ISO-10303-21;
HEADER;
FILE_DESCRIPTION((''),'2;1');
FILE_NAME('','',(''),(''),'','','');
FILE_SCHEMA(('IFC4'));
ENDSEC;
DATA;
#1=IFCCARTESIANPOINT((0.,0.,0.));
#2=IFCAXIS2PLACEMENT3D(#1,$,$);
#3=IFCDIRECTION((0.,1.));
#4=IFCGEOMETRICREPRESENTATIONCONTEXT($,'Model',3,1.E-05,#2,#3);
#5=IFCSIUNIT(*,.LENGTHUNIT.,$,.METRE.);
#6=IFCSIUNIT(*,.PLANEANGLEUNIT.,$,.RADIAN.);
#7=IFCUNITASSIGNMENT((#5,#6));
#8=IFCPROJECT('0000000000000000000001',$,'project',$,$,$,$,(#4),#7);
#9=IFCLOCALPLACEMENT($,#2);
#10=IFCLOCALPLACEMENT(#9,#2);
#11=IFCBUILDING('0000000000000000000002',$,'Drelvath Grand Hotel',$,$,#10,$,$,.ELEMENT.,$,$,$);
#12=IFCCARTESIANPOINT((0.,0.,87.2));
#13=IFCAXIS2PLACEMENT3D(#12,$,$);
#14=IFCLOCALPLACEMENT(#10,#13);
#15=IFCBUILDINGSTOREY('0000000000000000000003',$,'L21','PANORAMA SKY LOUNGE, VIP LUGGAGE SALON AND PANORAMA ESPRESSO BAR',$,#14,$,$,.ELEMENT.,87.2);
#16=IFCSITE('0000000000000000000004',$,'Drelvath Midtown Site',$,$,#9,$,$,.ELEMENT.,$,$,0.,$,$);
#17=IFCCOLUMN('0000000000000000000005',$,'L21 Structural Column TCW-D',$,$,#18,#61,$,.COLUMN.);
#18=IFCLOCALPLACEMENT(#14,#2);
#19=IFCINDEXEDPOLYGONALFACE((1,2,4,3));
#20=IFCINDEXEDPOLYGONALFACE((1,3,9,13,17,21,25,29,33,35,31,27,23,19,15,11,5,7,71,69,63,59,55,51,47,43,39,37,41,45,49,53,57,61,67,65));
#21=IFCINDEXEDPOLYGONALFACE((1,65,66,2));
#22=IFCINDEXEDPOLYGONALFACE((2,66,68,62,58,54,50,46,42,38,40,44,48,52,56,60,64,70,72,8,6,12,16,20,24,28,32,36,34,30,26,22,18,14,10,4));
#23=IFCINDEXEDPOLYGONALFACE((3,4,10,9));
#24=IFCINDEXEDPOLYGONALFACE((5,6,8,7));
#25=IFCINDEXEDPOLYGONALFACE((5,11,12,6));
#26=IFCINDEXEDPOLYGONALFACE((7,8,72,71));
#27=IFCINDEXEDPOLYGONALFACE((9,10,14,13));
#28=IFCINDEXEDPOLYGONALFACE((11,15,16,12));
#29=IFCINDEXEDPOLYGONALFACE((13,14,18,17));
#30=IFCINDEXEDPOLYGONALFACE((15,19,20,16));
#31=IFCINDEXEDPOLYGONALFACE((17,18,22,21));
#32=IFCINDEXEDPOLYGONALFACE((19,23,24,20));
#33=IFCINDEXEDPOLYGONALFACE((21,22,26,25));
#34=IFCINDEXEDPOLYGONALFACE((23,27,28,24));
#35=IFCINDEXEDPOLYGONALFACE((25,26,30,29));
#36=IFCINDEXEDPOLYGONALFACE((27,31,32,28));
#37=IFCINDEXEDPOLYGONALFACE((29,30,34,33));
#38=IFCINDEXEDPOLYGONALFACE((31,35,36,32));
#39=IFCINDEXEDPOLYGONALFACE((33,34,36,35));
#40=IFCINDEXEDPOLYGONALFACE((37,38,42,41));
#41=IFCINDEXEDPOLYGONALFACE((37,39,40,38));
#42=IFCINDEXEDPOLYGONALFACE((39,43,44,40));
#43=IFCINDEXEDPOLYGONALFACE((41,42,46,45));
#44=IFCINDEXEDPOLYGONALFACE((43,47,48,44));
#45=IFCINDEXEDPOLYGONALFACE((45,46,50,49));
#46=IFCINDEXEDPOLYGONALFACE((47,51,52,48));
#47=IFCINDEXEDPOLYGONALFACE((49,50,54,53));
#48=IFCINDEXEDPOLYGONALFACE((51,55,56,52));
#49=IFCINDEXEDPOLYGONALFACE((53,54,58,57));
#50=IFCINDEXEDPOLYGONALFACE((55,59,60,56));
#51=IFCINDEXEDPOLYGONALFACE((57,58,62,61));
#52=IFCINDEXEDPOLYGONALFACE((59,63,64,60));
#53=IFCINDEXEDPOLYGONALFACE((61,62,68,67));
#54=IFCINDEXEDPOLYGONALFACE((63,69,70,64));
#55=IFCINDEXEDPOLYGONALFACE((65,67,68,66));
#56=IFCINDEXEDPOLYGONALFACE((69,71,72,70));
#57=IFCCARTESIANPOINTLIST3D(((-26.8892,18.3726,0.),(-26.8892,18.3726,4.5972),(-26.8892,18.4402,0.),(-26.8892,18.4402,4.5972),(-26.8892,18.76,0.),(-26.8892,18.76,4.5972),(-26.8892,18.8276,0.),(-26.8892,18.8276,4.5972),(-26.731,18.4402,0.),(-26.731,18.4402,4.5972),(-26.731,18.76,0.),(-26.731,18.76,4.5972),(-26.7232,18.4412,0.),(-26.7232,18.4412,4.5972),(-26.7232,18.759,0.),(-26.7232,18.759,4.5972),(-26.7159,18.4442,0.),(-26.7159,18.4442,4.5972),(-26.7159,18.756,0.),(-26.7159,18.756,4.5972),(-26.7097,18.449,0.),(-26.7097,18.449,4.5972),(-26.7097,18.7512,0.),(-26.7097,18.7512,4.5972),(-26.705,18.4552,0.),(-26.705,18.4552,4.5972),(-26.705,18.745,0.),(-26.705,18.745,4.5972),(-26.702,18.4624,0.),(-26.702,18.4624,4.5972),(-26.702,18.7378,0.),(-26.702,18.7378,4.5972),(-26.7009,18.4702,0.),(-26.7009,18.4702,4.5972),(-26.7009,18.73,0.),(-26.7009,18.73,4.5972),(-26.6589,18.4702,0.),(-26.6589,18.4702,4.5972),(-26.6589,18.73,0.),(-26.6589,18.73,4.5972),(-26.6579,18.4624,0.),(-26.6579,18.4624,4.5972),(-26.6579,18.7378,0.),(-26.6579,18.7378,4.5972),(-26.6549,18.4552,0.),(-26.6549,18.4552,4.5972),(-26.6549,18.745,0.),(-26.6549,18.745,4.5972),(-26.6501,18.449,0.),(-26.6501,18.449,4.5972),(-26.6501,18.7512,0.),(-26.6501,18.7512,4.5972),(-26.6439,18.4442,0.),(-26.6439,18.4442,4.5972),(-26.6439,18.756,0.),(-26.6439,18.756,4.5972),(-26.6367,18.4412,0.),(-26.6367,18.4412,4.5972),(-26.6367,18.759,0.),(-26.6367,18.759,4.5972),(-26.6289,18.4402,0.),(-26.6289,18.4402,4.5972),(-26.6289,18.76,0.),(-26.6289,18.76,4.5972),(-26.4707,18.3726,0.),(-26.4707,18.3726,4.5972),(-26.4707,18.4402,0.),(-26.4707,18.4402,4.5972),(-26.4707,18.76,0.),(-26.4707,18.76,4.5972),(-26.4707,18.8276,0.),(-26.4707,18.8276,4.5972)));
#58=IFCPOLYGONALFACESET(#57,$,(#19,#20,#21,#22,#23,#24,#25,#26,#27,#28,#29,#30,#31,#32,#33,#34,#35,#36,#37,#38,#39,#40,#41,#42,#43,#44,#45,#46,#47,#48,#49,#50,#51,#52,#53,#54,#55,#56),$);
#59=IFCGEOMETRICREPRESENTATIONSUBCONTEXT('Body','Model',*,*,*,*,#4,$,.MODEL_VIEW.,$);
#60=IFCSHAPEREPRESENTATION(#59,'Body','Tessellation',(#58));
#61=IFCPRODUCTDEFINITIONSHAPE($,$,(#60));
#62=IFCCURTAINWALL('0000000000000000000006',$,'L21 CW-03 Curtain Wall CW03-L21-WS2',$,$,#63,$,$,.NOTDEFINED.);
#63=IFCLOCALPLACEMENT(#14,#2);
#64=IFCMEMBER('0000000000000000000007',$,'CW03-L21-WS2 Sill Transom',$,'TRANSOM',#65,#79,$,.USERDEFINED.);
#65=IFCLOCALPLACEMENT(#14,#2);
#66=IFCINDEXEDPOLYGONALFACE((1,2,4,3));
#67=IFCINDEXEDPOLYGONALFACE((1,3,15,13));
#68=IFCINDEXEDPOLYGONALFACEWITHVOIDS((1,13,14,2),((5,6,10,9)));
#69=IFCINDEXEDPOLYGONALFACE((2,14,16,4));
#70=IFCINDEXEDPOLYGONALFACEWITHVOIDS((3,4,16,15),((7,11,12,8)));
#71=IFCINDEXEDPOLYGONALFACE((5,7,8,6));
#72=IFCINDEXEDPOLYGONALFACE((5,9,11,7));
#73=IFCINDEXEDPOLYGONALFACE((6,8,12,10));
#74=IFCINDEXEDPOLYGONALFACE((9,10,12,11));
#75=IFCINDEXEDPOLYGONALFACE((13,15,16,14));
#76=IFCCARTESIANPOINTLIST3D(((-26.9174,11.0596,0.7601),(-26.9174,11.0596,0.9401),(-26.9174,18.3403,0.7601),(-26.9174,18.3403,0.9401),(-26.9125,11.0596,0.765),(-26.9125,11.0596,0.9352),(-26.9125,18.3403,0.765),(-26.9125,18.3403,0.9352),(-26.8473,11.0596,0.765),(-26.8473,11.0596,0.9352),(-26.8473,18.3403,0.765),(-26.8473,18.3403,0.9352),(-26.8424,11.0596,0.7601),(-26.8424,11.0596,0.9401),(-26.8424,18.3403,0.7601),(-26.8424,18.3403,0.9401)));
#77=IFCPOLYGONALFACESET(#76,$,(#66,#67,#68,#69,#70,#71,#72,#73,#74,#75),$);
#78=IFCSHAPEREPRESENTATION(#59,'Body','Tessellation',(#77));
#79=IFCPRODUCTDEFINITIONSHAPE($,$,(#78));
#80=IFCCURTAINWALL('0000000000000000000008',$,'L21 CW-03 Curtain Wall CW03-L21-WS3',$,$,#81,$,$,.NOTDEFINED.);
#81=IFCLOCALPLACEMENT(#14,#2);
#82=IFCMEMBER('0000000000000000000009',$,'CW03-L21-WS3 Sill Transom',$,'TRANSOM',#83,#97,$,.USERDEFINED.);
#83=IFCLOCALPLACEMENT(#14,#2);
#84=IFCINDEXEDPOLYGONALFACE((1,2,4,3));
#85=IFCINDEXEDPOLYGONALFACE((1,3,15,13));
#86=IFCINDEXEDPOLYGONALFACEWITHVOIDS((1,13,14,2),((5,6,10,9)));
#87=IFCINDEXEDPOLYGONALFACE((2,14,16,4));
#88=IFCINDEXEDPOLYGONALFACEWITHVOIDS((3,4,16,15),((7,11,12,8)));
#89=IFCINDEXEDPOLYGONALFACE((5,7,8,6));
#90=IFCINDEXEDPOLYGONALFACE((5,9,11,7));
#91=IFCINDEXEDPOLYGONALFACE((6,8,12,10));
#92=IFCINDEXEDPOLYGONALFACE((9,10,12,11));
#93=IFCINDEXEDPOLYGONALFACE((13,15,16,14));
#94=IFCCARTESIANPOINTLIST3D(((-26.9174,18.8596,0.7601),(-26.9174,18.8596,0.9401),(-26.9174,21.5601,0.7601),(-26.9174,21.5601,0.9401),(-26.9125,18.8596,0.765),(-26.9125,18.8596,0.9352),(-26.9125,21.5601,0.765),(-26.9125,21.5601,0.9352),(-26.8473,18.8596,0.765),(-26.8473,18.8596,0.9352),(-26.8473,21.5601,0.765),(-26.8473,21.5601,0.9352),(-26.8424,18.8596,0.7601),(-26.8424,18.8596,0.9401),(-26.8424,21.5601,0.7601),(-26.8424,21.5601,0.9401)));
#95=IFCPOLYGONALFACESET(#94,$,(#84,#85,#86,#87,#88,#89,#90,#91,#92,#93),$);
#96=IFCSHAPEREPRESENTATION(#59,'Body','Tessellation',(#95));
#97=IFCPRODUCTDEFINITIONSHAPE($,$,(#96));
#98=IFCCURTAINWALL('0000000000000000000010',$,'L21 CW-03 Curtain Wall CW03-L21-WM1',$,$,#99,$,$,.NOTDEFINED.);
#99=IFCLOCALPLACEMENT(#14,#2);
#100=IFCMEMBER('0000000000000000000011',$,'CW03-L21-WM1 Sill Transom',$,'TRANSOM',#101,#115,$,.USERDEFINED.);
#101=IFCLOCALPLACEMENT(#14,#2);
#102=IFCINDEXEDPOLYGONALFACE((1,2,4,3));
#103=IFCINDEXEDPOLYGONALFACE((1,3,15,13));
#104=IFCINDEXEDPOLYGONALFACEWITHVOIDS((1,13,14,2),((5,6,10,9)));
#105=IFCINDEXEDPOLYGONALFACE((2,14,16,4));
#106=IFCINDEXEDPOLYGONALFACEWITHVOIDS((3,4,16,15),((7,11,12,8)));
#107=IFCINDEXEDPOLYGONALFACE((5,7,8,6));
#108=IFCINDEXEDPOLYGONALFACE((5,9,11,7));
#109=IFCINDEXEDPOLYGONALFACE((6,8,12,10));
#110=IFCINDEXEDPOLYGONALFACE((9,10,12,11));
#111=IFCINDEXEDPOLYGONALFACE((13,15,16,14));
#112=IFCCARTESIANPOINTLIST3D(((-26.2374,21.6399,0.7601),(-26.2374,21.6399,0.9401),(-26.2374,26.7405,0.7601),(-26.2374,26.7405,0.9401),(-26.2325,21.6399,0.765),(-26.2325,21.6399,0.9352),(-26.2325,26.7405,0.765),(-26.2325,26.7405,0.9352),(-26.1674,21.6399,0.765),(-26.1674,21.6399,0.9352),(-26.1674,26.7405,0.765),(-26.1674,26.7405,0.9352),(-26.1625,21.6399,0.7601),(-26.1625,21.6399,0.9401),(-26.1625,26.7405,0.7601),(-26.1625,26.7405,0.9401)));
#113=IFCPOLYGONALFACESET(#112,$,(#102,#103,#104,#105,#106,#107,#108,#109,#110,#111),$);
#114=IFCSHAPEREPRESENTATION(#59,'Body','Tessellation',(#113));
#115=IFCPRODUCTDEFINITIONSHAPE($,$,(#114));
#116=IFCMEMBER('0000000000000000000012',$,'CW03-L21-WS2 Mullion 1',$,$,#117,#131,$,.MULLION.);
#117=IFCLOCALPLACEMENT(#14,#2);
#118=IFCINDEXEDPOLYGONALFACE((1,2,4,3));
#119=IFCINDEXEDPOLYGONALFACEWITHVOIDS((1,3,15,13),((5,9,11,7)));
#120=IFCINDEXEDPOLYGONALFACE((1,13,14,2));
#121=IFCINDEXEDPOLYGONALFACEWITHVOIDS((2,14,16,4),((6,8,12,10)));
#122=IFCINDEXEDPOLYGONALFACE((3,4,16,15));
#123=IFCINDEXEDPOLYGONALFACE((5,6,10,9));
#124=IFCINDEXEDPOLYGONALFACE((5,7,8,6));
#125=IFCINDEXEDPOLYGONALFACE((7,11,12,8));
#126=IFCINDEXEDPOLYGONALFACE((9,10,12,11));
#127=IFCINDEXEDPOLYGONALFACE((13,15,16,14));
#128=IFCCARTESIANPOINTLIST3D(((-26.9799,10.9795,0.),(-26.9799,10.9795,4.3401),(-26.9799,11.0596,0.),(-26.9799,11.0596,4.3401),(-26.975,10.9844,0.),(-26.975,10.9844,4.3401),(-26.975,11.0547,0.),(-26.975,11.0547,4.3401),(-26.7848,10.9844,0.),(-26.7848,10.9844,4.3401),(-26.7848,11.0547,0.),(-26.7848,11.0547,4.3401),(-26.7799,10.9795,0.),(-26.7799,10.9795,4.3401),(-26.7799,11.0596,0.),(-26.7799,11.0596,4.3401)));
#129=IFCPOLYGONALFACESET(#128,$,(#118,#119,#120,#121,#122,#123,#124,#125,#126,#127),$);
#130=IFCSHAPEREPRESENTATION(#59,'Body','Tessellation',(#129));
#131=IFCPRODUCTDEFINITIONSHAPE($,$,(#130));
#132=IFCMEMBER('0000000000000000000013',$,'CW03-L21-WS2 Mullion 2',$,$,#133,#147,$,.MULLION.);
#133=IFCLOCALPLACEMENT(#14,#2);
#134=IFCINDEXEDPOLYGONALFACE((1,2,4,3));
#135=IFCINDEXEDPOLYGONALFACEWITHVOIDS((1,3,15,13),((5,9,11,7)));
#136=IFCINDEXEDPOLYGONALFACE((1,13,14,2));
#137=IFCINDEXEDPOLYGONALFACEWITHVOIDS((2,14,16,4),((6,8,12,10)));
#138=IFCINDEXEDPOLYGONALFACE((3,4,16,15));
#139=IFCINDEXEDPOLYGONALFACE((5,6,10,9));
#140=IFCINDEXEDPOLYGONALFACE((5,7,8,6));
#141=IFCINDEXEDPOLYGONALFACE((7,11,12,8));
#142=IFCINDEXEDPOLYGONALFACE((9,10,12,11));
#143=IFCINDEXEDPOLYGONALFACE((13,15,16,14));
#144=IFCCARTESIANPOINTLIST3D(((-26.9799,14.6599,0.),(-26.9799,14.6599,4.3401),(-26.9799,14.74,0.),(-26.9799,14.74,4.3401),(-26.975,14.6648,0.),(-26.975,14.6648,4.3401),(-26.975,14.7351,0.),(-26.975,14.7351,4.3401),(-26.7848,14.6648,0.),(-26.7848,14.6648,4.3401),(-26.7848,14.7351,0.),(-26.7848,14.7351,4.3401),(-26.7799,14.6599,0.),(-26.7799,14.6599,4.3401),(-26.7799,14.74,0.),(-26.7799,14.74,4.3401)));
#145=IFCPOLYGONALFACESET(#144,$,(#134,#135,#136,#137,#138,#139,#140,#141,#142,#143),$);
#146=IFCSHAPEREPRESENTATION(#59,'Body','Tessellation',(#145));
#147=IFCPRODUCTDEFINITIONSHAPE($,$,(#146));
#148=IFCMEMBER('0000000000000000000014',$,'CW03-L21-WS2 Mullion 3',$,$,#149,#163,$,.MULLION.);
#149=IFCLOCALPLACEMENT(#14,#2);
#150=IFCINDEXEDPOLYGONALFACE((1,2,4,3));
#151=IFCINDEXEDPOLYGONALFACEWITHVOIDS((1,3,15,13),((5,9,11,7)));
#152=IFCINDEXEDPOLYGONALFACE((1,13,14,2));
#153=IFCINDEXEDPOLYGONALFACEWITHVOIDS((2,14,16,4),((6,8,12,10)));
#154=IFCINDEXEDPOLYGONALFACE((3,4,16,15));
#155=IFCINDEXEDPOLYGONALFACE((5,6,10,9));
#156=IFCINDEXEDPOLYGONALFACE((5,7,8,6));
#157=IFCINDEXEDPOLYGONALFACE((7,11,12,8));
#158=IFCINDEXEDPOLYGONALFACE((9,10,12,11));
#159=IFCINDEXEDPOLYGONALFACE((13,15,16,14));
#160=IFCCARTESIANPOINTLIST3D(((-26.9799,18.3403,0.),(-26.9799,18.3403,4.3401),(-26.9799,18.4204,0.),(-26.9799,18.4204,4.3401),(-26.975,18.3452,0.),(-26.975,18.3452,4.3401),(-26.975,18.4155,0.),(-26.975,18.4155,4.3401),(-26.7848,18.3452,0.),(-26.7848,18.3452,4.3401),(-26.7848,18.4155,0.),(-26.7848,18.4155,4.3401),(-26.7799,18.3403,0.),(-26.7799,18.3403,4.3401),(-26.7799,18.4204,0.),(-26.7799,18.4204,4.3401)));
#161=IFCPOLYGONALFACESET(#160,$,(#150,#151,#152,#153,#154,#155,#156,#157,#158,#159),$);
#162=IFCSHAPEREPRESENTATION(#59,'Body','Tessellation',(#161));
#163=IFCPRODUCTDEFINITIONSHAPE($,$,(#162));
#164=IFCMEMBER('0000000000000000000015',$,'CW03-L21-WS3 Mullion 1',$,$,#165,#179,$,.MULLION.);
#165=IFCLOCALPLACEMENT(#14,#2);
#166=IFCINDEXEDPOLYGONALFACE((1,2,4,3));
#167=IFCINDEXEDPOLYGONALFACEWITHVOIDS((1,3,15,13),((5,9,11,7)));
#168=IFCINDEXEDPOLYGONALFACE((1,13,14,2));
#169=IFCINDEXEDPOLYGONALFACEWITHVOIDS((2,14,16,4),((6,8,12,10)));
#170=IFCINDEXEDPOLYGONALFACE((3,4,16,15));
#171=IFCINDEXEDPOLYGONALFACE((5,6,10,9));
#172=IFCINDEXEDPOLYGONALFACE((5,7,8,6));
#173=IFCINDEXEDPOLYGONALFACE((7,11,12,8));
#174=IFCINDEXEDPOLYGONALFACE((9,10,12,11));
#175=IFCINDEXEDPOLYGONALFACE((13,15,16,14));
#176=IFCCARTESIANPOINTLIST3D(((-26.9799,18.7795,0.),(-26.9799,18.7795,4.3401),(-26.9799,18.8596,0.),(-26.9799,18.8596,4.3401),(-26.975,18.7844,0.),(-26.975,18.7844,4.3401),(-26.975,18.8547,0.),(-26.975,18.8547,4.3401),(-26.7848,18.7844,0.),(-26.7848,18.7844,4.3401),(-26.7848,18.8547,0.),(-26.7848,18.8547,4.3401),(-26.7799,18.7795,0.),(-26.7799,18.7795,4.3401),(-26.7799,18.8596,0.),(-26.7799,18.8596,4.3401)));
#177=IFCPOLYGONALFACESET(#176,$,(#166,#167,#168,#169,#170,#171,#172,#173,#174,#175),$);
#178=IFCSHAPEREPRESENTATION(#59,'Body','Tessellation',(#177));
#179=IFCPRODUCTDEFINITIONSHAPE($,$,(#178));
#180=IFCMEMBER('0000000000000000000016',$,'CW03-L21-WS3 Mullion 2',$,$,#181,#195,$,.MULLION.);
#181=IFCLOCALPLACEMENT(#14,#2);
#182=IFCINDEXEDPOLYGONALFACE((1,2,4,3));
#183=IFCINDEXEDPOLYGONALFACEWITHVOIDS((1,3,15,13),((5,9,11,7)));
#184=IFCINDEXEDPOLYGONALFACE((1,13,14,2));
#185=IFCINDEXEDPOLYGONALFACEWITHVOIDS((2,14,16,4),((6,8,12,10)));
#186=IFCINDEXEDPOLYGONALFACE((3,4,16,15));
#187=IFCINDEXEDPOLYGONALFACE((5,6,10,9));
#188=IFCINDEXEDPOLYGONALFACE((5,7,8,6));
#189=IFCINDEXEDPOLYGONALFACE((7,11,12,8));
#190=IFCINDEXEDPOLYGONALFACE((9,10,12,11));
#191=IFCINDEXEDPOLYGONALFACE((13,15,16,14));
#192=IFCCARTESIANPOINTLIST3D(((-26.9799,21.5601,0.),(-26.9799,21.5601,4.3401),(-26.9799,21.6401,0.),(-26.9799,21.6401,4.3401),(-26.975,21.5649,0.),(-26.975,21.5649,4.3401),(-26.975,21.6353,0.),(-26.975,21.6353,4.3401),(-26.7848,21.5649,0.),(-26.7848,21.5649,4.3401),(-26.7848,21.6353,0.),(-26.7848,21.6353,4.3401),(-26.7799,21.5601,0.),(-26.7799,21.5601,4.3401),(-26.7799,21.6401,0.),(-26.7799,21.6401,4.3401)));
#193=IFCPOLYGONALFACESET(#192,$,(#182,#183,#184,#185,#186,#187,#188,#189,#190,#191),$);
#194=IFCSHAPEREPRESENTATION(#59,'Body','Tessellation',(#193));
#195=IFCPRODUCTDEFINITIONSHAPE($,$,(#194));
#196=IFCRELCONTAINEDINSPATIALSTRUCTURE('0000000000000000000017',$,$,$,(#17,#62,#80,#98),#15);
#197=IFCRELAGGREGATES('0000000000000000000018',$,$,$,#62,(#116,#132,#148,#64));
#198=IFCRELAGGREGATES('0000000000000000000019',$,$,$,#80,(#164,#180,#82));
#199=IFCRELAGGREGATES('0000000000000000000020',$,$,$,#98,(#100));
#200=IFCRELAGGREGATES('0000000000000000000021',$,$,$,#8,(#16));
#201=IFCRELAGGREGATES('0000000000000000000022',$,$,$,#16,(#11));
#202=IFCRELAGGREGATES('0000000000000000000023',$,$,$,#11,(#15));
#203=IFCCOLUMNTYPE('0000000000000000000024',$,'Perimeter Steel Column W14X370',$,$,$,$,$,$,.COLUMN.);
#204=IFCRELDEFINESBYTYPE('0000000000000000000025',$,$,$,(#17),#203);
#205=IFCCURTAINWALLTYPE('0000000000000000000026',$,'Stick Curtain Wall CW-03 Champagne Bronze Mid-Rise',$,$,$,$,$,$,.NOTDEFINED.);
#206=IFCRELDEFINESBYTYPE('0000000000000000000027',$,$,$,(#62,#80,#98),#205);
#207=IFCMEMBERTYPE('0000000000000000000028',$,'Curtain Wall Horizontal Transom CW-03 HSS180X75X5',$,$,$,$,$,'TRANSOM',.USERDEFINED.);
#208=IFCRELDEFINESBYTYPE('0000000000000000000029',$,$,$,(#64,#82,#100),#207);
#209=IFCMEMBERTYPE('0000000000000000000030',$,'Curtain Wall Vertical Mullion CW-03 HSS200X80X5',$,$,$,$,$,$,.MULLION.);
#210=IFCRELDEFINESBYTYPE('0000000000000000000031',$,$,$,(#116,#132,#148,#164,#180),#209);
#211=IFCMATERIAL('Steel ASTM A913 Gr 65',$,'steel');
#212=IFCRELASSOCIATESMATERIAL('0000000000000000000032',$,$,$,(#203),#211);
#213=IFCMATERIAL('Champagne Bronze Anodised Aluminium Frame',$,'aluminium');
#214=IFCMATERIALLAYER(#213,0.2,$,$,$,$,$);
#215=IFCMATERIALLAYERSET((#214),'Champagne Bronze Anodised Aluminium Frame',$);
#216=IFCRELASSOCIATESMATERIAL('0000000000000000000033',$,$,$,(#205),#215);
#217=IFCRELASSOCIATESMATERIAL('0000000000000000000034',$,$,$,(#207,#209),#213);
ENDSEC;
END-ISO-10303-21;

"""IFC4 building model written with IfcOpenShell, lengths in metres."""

from ifc_helpers import new_model, si_unit, direction, frame, origin, origin_2d, place, context, subcontext, project, spatial, hollow_rectangle, i_section, extrude, material, layer, layer_set, material_profile, profile_set, type_object, element, aggregate, save


model = new_model("IFC4")

# Units and contexts
model_context = context("Model", 3, precision=1e-05, world=origin(), true_north=direction((0.0, 1.0)))
body_context = subcontext(model_context, "Body", "Model", "MODEL_VIEW")
ifc_project = project(units=[si_unit("LENGTHUNIT", "METRE"), si_unit("PLANEANGLEUNIT", "RADIAN")], contexts=[model_context])

# Site, building, storey
site_placement = place(None, origin())
site = spatial("IfcSite", under=ifc_project, at=site_placement, Name="Drelvath Midtown Site", CompositionType="ELEMENT", RefElevation=0.0)
building_placement = place(site_placement, origin())
building = spatial("IfcBuilding", under=site, at=building_placement, Name="Drelvath Grand Hotel", CompositionType="ELEMENT")
storey_placement = place(building_placement, frame((0.0, 0.0, 87.2)))
storey = spatial("IfcBuildingStorey", under=building, at=storey_placement, Name="L21", Description="PANORAMA SKY LOUNGE, VIP LUGGAGE SALON AND PANORAMA ESPRESSO BAR", CompositionType="ELEMENT", Elevation=87.2)

# Column
ifc_material_1 = material(Name="Steel ASTM A913 Gr 65", Category="steel")
ifc_material_profile_1 = material_profile(ifc_material_1, i_section(OverallWidth=0.4185, OverallDepth=0.4551, WebThickness=0.042, FlangeThickness=0.0676, FilletRadius=0.03, at=origin_2d()), Name="W14X370")
ifc_profile_set_1 = profile_set([ifc_material_profile_1], Name="Steel ASTM A913 Gr 65")
column_type = type_object("IfcColumnType", Name="Perimeter Steel Column W14X370", PredefinedType="COLUMN", material=ifc_profile_set_1)
column_placement = place(storey_placement, frame((-26.6799, 18.6001, 0.0), z_axis=(0.0, 0.0, 1.0), x_axis=(1.0, 0.0, 0.0)))
element("IfcColumn", 1, at=column_placement, inside=storey, type_object=column_type, Name="L21 Structural Column TCW-D", PredefinedType="COLUMN", context=body_context, shape_type="SweptSolid", body=[
    extrude(i_section(OverallWidth=0.4185, OverallDepth=0.4551, WebThickness=0.042, FlangeThickness=0.0676, FilletRadius=0.03, at=origin_2d()), origin(), (0.0, 0.0, 1.0), 4.5972),
])

# Curtain walls, members
ifc_material_2 = material(Name="Champagne Bronze Anodised Aluminium Frame", Category="aluminium")
ifc_layer_1 = layer(ifc_material_2, 0.2)
ifc_layer_set_1 = layer_set([ifc_layer_1], Name="Champagne Bronze Anodised Aluminium Frame")
curtain_wall_type = type_object("IfcCurtainWallType", Name="Stick Curtain Wall CW-03 Champagne Bronze Mid-Rise", PredefinedType="NOTDEFINED", material=ifc_layer_set_1)
curtain_wall_1_placement = place(storey_placement, origin())
curtain_wall_1 = element("IfcCurtainWall", 2, at=curtain_wall_1_placement, inside=storey, type_object=curtain_wall_type, Name="L21 CW-03 Curtain Wall CW03-L21-WS2", PredefinedType="NOTDEFINED")
ifc_material_profile_2 = material_profile(ifc_material_2, hollow_rectangle(XDim=0.075, YDim=0.1799, WallThickness=0.0049, at=origin_2d()), Name="HSS180X75X5")
ifc_profile_set_2 = profile_set([ifc_material_profile_2], Name="Champagne Bronze Anodised Aluminium Frame")
member_type_1 = type_object("IfcMemberType", Name="Curtain Wall Horizontal Transom CW-03 HSS180X75X5", ElementType="TRANSOM", PredefinedType="USERDEFINED", material=ifc_profile_set_2)
member_1_placement = place(storey_placement, frame((-26.8799, 11.0596, 0.8501), z_axis=(0.0, 1.0, 0.0), x_axis=(-1.0, 0.0, 0.0)))
member_1 = element("IfcMember", 3, at=member_1_placement, type_object=member_type_1, Name="CW03-L21-WS2 Sill Transom", ObjectType="TRANSOM", PredefinedType="USERDEFINED", context=body_context, shape_type="SweptSolid", body=[
    extrude(hollow_rectangle(XDim=0.075, YDim=0.1799, WallThickness=0.0049, at=origin_2d()), origin(), (0.0, 0.0, 1.0), 7.2808),
])
curtain_wall_2_placement = place(storey_placement, origin())
curtain_wall_2 = element("IfcCurtainWall", 4, at=curtain_wall_2_placement, inside=storey, type_object=curtain_wall_type, Name="L21 CW-03 Curtain Wall CW03-L21-WS3", PredefinedType="NOTDEFINED")
member_2_placement = place(storey_placement, frame((-26.8799, 18.8596, 0.8501), z_axis=(0.0, 1.0, 0.0), x_axis=(-1.0, 0.0, 0.0)))
member_2 = element("IfcMember", 5, at=member_2_placement, type_object=member_type_1, Name="CW03-L21-WS3 Sill Transom", ObjectType="TRANSOM", PredefinedType="USERDEFINED", context=body_context, shape_type="SweptSolid", body=[
    extrude(hollow_rectangle(XDim=0.075, YDim=0.1799, WallThickness=0.0049, at=origin_2d()), origin(), (0.0, 0.0, 1.0), 2.7004),
])
curtain_wall_3_placement = place(storey_placement, origin())
curtain_wall_3 = element("IfcCurtainWall", 6, at=curtain_wall_3_placement, inside=storey, type_object=curtain_wall_type, Name="L21 CW-03 Curtain Wall CW03-L21-WM1", PredefinedType="NOTDEFINED")
member_3_placement = place(storey_placement, frame((-26.2, 21.6399, 0.8501), z_axis=(0.0, 1.0, 0.0), x_axis=(-1.0, 0.0, 0.0)))
member_3 = element("IfcMember", 7, at=member_3_placement, type_object=member_type_1, Name="CW03-L21-WM1 Sill Transom", ObjectType="TRANSOM", PredefinedType="USERDEFINED", context=body_context, shape_type="SweptSolid", body=[
    extrude(hollow_rectangle(XDim=0.075, YDim=0.1799, WallThickness=0.0049, at=origin_2d()), origin(), (0.0, 0.0, 1.0), 5.1006),
])

# Members
ifc_material_profile_3 = material_profile(ifc_material_2, hollow_rectangle(XDim=0.0801, YDim=0.2, WallThickness=0.0049, at=origin_2d()), Name="HSS200X80X5")
ifc_profile_set_3 = profile_set([ifc_material_profile_3], Name="Champagne Bronze Anodised Aluminium Frame")
member_type_2 = type_object("IfcMemberType", Name="Curtain Wall Vertical Mullion CW-03 HSS200X80X5", PredefinedType="MULLION", material=ifc_profile_set_3)
member_4_placement = place(storey_placement, frame((-26.8799, 11.0195, 0.0), z_axis=(0.0, 0.0, 1.0), x_axis=(0.0, 1.0, 0.0)))
member_4 = element("IfcMember", 8, at=member_4_placement, type_object=member_type_2, Name="CW03-L21-WS2 Mullion 1", PredefinedType="MULLION", context=body_context, shape_type="SweptSolid", body=[
    extrude(hollow_rectangle(XDim=0.0801, YDim=0.2, WallThickness=0.0049, at=origin_2d()), origin(), (0.0, 0.0, 1.0), 4.3401),
])
member_5_placement = place(storey_placement, frame((-26.8799, 14.7, 0.0), z_axis=(0.0, 0.0, 1.0), x_axis=(0.0, 1.0, 0.0)))
member_5 = element("IfcMember", 9, at=member_5_placement, type_object=member_type_2, Name="CW03-L21-WS2 Mullion 2", PredefinedType="MULLION", context=body_context, shape_type="SweptSolid", body=[
    extrude(hollow_rectangle(XDim=0.0801, YDim=0.2, WallThickness=0.0049, at=origin_2d()), origin(), (0.0, 0.0, 1.0), 4.3401),
])
member_6_placement = place(storey_placement, frame((-26.8799, 18.3804, 0.0), z_axis=(0.0, 0.0, 1.0), x_axis=(0.0, 1.0, 0.0)))
member_6 = element("IfcMember", 10, at=member_6_placement, type_object=member_type_2, Name="CW03-L21-WS2 Mullion 3", PredefinedType="MULLION", context=body_context, shape_type="SweptSolid", body=[
    extrude(hollow_rectangle(XDim=0.0801, YDim=0.2, WallThickness=0.0049, at=origin_2d()), origin(), (0.0, 0.0, 1.0), 4.3401),
])
member_7_placement = place(storey_placement, frame((-26.8799, 18.8196, 0.0), z_axis=(0.0, 0.0, 1.0), x_axis=(0.0, 1.0, 0.0)))
member_7 = element("IfcMember", 11, at=member_7_placement, type_object=member_type_2, Name="CW03-L21-WS3 Mullion 1", PredefinedType="MULLION", context=body_context, shape_type="SweptSolid", body=[
    extrude(hollow_rectangle(XDim=0.0801, YDim=0.2, WallThickness=0.0049, at=origin_2d()), origin(), (0.0, 0.0, 1.0), 4.3401),
])
member_8_placement = place(storey_placement, frame((-26.8799, 21.6001, 0.0), z_axis=(0.0, 0.0, 1.0), x_axis=(0.0, 1.0, 0.0)))
member_8 = element("IfcMember", 12, at=member_8_placement, type_object=member_type_2, Name="CW03-L21-WS3 Mullion 2", PredefinedType="MULLION", context=body_context, shape_type="SweptSolid", body=[
    extrude(hollow_rectangle(XDim=0.0801, YDim=0.2, WallThickness=0.0049, at=origin_2d()), origin(), (0.0, 0.0, 1.0), 4.3401),
])

aggregate(curtain_wall_1, [member_4, member_5, member_6, member_1])
aggregate(curtain_wall_2, [member_7, member_8, member_2])
aggregate(curtain_wall_3, [member_3])

save(model, "model.ifc")
